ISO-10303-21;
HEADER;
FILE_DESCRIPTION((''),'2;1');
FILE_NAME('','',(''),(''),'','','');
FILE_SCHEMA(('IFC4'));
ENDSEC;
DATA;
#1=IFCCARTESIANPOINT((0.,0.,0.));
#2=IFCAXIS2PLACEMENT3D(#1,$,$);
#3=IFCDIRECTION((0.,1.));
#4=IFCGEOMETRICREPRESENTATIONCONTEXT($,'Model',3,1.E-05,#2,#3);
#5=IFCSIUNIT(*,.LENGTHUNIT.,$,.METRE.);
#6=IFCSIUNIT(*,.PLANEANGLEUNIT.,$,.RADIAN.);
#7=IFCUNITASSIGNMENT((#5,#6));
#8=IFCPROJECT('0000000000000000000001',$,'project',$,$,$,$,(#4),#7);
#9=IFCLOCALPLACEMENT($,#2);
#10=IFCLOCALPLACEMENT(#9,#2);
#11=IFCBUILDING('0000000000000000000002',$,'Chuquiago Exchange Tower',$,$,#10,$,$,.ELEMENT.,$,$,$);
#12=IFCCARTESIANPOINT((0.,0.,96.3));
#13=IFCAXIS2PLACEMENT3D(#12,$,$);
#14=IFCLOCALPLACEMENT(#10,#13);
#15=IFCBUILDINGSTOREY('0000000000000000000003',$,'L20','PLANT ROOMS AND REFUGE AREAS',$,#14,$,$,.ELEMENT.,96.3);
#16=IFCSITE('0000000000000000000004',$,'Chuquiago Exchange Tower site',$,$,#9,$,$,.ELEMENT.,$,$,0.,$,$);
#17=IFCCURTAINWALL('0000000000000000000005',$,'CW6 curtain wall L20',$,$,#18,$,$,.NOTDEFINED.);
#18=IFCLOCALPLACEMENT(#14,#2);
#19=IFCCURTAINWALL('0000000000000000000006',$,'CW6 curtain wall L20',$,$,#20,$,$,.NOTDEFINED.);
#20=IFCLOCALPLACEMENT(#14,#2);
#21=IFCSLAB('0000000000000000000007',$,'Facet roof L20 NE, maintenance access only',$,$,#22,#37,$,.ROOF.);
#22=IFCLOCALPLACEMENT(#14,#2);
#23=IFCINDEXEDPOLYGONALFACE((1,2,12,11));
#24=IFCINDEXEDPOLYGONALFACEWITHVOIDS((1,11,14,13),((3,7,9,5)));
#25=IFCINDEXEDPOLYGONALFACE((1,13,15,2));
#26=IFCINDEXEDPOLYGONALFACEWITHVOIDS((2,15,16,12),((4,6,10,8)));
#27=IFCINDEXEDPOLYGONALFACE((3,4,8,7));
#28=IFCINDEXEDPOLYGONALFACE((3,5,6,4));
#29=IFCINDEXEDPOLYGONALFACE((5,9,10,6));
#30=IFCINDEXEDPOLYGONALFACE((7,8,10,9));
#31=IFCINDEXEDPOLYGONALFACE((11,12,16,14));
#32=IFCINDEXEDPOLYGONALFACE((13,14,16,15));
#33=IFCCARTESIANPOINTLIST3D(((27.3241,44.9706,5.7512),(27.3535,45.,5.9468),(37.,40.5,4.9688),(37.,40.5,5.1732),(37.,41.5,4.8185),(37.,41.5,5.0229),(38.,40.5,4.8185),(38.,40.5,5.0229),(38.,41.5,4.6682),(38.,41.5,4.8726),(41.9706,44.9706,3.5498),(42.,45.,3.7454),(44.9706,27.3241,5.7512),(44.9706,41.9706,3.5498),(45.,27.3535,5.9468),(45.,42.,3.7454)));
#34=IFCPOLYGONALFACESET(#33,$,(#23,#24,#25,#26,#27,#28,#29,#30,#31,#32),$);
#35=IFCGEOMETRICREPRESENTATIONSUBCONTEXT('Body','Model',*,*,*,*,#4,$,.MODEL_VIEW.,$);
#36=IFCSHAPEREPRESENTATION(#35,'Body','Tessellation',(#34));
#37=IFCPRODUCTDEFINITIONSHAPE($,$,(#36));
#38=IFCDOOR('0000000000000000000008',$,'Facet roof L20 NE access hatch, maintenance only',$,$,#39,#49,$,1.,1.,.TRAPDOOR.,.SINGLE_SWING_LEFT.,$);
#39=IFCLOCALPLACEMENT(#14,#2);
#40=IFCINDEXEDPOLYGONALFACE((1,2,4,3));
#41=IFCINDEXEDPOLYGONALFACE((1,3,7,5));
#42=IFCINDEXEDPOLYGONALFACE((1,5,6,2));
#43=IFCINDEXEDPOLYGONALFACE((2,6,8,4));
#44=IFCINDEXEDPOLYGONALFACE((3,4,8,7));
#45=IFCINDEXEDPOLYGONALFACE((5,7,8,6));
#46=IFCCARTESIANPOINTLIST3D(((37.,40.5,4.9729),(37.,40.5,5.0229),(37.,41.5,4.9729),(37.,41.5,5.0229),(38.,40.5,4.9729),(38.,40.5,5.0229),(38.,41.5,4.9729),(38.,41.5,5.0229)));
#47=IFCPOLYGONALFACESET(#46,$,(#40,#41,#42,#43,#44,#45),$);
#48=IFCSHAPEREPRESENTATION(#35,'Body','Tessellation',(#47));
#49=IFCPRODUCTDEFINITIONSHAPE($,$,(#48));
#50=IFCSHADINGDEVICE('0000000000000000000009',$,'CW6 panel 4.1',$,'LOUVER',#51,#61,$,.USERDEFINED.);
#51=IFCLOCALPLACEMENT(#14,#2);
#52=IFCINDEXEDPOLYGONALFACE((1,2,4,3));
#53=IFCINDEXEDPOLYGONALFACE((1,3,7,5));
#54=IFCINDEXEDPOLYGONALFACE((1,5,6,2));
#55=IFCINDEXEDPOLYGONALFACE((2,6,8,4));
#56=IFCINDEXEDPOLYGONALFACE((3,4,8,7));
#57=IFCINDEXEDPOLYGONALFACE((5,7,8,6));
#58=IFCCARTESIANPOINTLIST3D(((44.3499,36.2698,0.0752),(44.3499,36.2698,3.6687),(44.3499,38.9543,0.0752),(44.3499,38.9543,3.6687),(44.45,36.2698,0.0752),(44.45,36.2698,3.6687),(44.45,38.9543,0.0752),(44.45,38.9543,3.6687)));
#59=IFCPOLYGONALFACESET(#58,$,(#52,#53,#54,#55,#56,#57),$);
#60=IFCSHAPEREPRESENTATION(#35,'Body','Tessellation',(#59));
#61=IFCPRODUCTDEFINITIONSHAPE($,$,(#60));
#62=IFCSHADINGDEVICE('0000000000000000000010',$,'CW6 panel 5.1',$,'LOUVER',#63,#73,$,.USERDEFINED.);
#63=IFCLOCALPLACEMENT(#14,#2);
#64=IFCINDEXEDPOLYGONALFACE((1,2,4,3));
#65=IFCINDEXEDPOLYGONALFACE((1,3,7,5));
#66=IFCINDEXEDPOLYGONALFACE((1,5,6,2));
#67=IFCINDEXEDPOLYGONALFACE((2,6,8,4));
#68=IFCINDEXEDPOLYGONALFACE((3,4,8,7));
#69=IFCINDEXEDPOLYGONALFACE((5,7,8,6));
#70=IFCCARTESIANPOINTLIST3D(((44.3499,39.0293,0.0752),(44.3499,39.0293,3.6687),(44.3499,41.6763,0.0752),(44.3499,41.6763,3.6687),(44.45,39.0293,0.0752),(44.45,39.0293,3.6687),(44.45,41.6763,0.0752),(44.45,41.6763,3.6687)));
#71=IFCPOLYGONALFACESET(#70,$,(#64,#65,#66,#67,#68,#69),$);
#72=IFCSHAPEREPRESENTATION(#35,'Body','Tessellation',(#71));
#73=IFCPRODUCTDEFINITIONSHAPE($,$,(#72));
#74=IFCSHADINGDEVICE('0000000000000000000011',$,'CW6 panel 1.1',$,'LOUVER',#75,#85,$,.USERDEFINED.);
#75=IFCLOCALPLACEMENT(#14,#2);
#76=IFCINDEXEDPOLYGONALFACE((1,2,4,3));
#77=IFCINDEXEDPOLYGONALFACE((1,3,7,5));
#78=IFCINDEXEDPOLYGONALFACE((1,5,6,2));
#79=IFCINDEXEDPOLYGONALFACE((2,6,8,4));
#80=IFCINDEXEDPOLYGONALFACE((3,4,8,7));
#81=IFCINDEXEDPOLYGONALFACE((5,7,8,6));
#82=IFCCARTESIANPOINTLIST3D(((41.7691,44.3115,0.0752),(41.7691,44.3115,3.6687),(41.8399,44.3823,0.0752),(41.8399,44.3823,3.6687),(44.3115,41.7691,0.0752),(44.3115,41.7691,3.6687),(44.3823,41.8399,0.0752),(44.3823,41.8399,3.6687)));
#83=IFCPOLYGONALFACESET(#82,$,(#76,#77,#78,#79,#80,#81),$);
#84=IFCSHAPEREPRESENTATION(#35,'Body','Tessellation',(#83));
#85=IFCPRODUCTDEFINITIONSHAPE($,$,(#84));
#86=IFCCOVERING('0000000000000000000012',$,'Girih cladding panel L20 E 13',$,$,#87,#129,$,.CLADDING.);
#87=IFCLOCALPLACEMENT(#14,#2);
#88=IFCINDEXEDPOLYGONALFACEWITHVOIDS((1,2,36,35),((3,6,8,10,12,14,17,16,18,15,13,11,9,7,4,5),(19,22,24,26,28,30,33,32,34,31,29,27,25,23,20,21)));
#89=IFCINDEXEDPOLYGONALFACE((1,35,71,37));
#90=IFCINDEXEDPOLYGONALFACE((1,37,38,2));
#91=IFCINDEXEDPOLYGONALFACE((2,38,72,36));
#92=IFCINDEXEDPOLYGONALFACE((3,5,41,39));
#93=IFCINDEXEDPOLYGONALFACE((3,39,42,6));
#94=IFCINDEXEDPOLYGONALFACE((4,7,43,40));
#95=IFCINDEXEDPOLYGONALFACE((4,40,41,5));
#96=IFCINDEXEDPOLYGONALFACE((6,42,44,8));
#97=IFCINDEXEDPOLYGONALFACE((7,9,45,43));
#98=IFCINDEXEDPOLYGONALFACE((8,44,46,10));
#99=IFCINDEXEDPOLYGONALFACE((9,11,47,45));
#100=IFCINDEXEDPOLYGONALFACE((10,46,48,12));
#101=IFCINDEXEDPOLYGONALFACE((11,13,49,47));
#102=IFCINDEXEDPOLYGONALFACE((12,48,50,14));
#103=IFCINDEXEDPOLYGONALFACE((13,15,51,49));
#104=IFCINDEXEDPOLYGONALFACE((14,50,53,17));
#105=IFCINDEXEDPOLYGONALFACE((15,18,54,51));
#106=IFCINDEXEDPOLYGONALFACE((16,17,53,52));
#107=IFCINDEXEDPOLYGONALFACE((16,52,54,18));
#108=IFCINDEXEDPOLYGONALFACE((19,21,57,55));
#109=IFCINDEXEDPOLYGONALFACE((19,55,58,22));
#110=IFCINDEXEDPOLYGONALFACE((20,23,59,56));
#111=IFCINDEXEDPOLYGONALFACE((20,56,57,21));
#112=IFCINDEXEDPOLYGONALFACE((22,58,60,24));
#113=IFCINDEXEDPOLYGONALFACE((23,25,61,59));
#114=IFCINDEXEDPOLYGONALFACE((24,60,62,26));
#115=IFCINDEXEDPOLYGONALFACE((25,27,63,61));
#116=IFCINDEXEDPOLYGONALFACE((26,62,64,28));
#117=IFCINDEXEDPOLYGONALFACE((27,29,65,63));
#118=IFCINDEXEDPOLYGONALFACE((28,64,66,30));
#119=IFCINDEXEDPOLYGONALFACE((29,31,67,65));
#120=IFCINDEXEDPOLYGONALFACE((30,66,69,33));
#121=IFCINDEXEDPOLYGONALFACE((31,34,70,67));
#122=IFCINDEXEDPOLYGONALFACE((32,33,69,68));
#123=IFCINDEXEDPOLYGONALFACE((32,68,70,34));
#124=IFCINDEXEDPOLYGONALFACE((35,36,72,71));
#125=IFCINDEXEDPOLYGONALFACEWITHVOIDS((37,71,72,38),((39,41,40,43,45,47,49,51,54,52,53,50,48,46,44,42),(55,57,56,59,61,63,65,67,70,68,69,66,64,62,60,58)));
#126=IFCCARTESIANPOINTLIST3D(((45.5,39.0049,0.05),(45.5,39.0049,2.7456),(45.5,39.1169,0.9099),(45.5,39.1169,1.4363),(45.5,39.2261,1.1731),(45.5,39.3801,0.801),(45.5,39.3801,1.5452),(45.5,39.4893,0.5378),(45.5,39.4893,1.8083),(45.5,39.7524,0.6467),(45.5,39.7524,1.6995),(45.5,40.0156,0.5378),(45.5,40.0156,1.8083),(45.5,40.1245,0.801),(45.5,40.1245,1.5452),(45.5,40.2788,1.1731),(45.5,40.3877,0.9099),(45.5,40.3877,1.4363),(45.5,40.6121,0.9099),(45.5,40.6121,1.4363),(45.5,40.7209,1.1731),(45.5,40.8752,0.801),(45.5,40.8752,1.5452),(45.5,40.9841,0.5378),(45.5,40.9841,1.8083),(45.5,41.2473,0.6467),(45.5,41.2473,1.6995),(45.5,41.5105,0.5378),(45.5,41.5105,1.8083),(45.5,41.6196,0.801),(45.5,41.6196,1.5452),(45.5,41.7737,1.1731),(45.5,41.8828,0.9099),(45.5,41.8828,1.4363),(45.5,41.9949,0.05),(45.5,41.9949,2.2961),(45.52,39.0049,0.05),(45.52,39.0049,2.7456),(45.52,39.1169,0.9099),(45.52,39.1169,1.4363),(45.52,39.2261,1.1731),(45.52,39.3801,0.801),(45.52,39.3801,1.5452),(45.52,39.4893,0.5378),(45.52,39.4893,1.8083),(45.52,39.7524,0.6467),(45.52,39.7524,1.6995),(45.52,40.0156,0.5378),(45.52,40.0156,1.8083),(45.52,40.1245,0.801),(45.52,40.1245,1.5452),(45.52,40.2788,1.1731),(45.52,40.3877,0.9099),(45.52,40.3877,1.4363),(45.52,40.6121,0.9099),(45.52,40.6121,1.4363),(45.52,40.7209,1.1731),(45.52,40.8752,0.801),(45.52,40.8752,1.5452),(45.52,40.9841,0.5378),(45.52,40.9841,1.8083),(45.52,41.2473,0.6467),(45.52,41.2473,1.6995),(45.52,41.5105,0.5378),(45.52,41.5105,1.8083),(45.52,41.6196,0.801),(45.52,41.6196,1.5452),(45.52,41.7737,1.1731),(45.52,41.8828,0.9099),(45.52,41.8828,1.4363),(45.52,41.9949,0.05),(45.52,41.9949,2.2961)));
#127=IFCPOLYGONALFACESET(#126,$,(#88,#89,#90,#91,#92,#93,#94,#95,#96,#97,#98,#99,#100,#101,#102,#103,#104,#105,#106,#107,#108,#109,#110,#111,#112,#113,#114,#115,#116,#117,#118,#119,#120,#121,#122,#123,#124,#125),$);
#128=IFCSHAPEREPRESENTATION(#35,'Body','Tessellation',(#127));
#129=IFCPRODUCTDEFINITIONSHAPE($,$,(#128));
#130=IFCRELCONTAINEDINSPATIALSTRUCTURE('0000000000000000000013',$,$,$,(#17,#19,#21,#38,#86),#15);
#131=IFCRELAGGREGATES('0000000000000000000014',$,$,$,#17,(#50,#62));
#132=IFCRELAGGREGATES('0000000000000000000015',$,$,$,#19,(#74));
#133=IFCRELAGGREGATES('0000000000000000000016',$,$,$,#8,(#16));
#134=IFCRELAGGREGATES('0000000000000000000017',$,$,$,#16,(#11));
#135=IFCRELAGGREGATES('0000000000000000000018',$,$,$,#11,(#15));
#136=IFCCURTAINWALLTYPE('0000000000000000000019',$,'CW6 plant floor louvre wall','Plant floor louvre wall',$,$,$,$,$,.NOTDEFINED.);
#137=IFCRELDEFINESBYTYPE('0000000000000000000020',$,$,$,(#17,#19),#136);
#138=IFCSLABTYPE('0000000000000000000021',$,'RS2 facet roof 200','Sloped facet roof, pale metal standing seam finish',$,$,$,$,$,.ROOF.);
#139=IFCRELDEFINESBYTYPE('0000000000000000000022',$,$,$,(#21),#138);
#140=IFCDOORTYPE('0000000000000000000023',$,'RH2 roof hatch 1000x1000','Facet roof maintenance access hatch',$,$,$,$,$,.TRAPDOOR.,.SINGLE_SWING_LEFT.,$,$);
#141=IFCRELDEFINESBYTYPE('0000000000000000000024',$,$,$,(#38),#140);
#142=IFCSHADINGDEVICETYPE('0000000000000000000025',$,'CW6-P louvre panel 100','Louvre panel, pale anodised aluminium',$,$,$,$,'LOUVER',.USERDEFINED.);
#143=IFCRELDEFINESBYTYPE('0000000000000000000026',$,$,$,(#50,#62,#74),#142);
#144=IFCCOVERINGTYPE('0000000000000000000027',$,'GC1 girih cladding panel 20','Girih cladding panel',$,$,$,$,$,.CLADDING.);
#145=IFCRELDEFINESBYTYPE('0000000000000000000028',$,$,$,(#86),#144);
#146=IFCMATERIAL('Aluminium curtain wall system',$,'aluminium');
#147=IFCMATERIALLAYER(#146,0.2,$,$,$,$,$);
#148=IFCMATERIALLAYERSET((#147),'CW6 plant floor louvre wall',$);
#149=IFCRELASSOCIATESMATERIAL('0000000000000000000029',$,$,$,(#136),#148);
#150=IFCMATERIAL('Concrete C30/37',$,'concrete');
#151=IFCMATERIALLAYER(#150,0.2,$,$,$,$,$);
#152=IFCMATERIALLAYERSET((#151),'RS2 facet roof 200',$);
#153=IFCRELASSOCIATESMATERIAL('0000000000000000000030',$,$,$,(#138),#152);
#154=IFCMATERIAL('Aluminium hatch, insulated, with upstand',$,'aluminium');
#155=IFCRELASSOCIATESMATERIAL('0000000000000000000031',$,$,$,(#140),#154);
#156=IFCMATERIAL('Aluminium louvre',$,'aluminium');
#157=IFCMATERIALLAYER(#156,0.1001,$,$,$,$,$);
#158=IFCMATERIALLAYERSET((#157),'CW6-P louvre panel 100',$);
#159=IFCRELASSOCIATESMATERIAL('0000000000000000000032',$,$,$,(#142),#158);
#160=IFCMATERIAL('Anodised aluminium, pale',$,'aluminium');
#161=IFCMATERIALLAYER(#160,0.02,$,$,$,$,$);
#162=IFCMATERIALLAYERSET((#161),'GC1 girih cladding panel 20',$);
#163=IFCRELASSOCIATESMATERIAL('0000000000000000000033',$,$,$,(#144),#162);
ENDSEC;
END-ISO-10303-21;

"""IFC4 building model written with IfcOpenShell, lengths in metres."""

from ifc_helpers import new_model, si_unit, direction, frame, origin, origin_2d, place, context, subcontext, project, spatial, polyline, rectangle, outline, extrude, material, layer, layer_set, type_object, element, fill, aggregate, save


model = new_model("IFC4")

# Units and contexts
model_context = context("Model", 3, precision=1e-05, world=origin(), true_north=direction((0.0, 1.0)))
body_context = subcontext(model_context, "Body", "Model", "MODEL_VIEW")
ifc_project = project(units=[si_unit("LENGTHUNIT", "METRE"), si_unit("PLANEANGLEUNIT", "RADIAN")], contexts=[model_context])

# Site, building, storey
site_placement = place(None, origin())
site = spatial("IfcSite", under=ifc_project, at=site_placement, Name="Chuquiago Exchange Tower site", CompositionType="ELEMENT", RefElevation=0.0)
building_placement = place(site_placement, origin())
building = spatial("IfcBuilding", under=site, at=building_placement, Name="Chuquiago Exchange Tower", CompositionType="ELEMENT")
storey_placement = place(building_placement, frame((0.0, 0.0, 96.3)))
storey = spatial("IfcBuildingStorey", under=building, at=storey_placement, Name="L20", Description="PLANT ROOMS AND REFUGE AREAS", CompositionType="ELEMENT", Elevation=96.3)

# Curtain wall
ifc_material_1 = material(Name="Aluminium curtain wall system", Category="aluminium")
ifc_layer_1 = layer(ifc_material_1, 0.2)
ifc_layer_set_1 = layer_set([ifc_layer_1], Name="CW6 plant floor louvre wall")
curtain_wall_type = type_object("IfcCurtainWallType", Name="CW6 plant floor louvre wall", Description="Plant floor louvre wall", PredefinedType="NOTDEFINED", material=ifc_layer_set_1)
curtain_wall_1_placement = place(storey_placement, origin())
curtain_wall_1 = element("IfcCurtainWall", 1, at=curtain_wall_1_placement, inside=storey, type_object=curtain_wall_type, Name="CW6 curtain wall L20", PredefinedType="NOTDEFINED")

# Curtain wall
curtain_wall_2_placement = place(storey_placement, origin())
curtain_wall_2 = element("IfcCurtainWall", 2, at=curtain_wall_2_placement, inside=storey, type_object=curtain_wall_type, Name="CW6 curtain wall L20", PredefinedType="NOTDEFINED")

# Slab, opening, door
ifc_material_2 = material(Name="Concrete C30/37", Category="concrete")
ifc_layer_2 = layer(ifc_material_2, 0.2)
ifc_layer_set_2 = layer_set([ifc_layer_2], Name="RS2 facet roof 200")
slab_type = type_object("IfcSlabType", Name="RS2 facet roof 200", Description="Sloped facet roof, pale metal standing seam finish", PredefinedType="ROOF", material=ifc_layer_set_2)
slab_placement = place(storey_placement, frame((42.0, 45.0, 3.7454), z_axis=(0.147019, 0.147019, 0.978147), x_axis=(0.707107, -0.707107, 0.0)))
slab = element("IfcSlab", 3, at=slab_placement, inside=storey, type_object=slab_type, Name="Facet roof L20 NE, maintenance access only", PredefinedType="ROOF", context=body_context, shape_type="SweptSolid", body=[
    extrude(outline(polyline([(0.0, 0.0), (4.2426, 0.0), (14.5993, -10.588), (-10.3566, -10.588), (0.0, 0.0)])), origin(), (0.0, 0.0, -1.0), 0.2),
])
opening_placement = place(storey_placement, frame((37.5, 41.0, 4.5186)))
opening = element("IfcOpeningElement", 4, at=opening_placement, cuts=slab, PredefinedType="OPENING", context=body_context, shape_type="SweptSolid", body=[
    extrude(rectangle(XDim=1.0, YDim=1.0, at=origin_2d()), origin(), (0.0, 0.0, 1.0), 0.8044),
])
ifc_material_3 = material(Name="Aluminium hatch, insulated, with upstand", Category="aluminium")
door_type = type_object("IfcDoorType", Name="RH2 roof hatch 1000x1000", Description="Facet roof maintenance access hatch", OperationType="SINGLE_SWING_LEFT", PredefinedType="TRAPDOOR", material=ifc_material_3)
door_placement = place(opening_placement, frame((0.0, 0.0, 0.4543)))
door = element("IfcDoor", 5, at=door_placement, inside=storey, type_object=door_type, Name="Facet roof L20 NE access hatch, maintenance only", OperationType="SINGLE_SWING_LEFT", OverallHeight=1.0, OverallWidth=1.0, PredefinedType="TRAPDOOR", context=body_context, shape_type="SweptSolid", body=[
    extrude(rectangle(XDim=1.0, YDim=1.0, at=origin_2d()), origin(), (0.0, 0.0, 1.0), 0.05),
])
fill(opening, door)

# Shading devices
ifc_material_4 = material(Name="Aluminium louvre", Category="aluminium")
ifc_layer_3 = layer(ifc_material_4, 0.1001)
ifc_layer_set_3 = layer_set([ifc_layer_3], Name="CW6-P louvre panel 100")
shading_device_type = type_object("IfcShadingDeviceType", Name="CW6-P louvre panel 100", Description="Louvre panel, pale anodised aluminium", ElementType="LOUVER", PredefinedType="USERDEFINED", material=ifc_layer_set_3)
shading_device_1_placement = place(storey_placement, frame((44.3999, 37.6121, 0.0752), z_axis=(0.0, 0.0, 1.0), x_axis=(0.0, 1.0, 0.0)))
shading_device_1 = element("IfcShadingDevice", 6, at=shading_device_1_placement, type_object=shading_device_type, Name="CW6 panel 4.1", ObjectType="LOUVER", PredefinedType="USERDEFINED", context=body_context, shape_type="SweptSolid", body=[
    extrude(rectangle(XDim=2.6846, YDim=0.1001, at=origin_2d()), origin(), (0.0, 0.0, 1.0), 3.5935),
])
shading_device_2_placement = place(storey_placement, frame((44.3999, 40.3528, 0.0752), z_axis=(0.0, 0.0, 1.0), x_axis=(0.0, 1.0, 0.0)))
shading_device_2 = element("IfcShadingDevice", 7, at=shading_device_2_placement, type_object=shading_device_type, Name="CW6 panel 5.1", ObjectType="LOUVER", PredefinedType="USERDEFINED", context=body_context, shape_type="SweptSolid", body=[
    extrude(rectangle(XDim=2.647, YDim=0.1001, at=origin_2d()), origin(), (0.0, 0.0, 1.0), 3.5935),
])
aggregate(curtain_wall_1, [shading_device_1, shading_device_2])
shading_device_3_placement = place(storey_placement, frame((43.0757, 43.0757, 0.0752), z_axis=(0.0, 0.0, 1.0), x_axis=(-0.707107, 0.707107, 0.0)))
shading_device_3 = element("IfcShadingDevice", 8, at=shading_device_3_placement, type_object=shading_device_type, Name="CW6 panel 1.1", ObjectType="LOUVER", PredefinedType="USERDEFINED", context=body_context, shape_type="SweptSolid", body=[
    extrude(rectangle(XDim=3.5955, YDim=0.1001, at=origin_2d()), origin(), (0.0, 0.0, 1.0), 3.5935),
])
aggregate(curtain_wall_2, [shading_device_3])

# Covering
ifc_material_5 = material(Name="Anodised aluminium, pale", Category="aluminium")
ifc_layer_4 = layer(ifc_material_5, 0.02)
ifc_layer_set_4 = layer_set([ifc_layer_4], Name="GC1 girih cladding panel 20")
covering_type_1 = type_object("IfcCoveringType", Name="GC1 girih cladding panel 20", Description="Girih cladding panel", PredefinedType="CLADDING", material=ifc_layer_set_4)
covering_1_placement = place(storey_placement, frame((45.5, 39.0049, 0.05), z_axis=(0.0, 0.0, 1.0), x_axis=(0.0, 1.0, 0.0)))
element("IfcCovering", 9, at=covering_1_placement, inside=storey, type_object=covering_type_1, Name="Girih cladding panel L20 E 13", PredefinedType="CLADDING", context=body_context, shape_type="SweptSolid", body=[
    extrude(outline(polyline([(0.0, 0.0), (2.99, 0.0), (2.99, 2.2461), (0.0, 2.6956), (0.0, 0.0)]), holes=[polyline([(1.2739, 1.123), (1.3828, 1.3862), (1.1196, 1.4951), (1.0107, 1.7583), (0.7476, 1.6494), (0.4844, 1.7583), (0.3752, 1.4951), (0.1121, 1.3862), (0.2212, 1.123), (0.1121, 0.8599), (0.3752, 0.751), (0.4844, 0.4878), (0.7476, 0.5967), (1.0107, 0.4878), (1.1196, 0.751), (1.3828, 0.8599), (1.2739, 1.123)]), polyline([(2.7688, 1.123), (2.8779, 1.3862), (2.6147, 1.4951), (2.5056, 1.7583), (2.2424, 1.6494), (1.9792, 1.7583), (1.8704, 1.4951), (1.6072, 1.3862), (1.7161, 1.123), (1.6072, 0.8599), (1.8704, 0.751), (1.9792, 0.4878), (2.2424, 0.5967), (2.5056, 0.4878), (2.6147, 0.751), (2.8779, 0.8599), (2.7688, 1.123)])]), frame((0.0, 0.0, 0.0), z_axis=(0.0, -1.0, 0.0), x_axis=(1.0, 0.0, 0.0)), (0.0, 0.0, 1.0), 0.02),
])

save(model, "model.ifc")
